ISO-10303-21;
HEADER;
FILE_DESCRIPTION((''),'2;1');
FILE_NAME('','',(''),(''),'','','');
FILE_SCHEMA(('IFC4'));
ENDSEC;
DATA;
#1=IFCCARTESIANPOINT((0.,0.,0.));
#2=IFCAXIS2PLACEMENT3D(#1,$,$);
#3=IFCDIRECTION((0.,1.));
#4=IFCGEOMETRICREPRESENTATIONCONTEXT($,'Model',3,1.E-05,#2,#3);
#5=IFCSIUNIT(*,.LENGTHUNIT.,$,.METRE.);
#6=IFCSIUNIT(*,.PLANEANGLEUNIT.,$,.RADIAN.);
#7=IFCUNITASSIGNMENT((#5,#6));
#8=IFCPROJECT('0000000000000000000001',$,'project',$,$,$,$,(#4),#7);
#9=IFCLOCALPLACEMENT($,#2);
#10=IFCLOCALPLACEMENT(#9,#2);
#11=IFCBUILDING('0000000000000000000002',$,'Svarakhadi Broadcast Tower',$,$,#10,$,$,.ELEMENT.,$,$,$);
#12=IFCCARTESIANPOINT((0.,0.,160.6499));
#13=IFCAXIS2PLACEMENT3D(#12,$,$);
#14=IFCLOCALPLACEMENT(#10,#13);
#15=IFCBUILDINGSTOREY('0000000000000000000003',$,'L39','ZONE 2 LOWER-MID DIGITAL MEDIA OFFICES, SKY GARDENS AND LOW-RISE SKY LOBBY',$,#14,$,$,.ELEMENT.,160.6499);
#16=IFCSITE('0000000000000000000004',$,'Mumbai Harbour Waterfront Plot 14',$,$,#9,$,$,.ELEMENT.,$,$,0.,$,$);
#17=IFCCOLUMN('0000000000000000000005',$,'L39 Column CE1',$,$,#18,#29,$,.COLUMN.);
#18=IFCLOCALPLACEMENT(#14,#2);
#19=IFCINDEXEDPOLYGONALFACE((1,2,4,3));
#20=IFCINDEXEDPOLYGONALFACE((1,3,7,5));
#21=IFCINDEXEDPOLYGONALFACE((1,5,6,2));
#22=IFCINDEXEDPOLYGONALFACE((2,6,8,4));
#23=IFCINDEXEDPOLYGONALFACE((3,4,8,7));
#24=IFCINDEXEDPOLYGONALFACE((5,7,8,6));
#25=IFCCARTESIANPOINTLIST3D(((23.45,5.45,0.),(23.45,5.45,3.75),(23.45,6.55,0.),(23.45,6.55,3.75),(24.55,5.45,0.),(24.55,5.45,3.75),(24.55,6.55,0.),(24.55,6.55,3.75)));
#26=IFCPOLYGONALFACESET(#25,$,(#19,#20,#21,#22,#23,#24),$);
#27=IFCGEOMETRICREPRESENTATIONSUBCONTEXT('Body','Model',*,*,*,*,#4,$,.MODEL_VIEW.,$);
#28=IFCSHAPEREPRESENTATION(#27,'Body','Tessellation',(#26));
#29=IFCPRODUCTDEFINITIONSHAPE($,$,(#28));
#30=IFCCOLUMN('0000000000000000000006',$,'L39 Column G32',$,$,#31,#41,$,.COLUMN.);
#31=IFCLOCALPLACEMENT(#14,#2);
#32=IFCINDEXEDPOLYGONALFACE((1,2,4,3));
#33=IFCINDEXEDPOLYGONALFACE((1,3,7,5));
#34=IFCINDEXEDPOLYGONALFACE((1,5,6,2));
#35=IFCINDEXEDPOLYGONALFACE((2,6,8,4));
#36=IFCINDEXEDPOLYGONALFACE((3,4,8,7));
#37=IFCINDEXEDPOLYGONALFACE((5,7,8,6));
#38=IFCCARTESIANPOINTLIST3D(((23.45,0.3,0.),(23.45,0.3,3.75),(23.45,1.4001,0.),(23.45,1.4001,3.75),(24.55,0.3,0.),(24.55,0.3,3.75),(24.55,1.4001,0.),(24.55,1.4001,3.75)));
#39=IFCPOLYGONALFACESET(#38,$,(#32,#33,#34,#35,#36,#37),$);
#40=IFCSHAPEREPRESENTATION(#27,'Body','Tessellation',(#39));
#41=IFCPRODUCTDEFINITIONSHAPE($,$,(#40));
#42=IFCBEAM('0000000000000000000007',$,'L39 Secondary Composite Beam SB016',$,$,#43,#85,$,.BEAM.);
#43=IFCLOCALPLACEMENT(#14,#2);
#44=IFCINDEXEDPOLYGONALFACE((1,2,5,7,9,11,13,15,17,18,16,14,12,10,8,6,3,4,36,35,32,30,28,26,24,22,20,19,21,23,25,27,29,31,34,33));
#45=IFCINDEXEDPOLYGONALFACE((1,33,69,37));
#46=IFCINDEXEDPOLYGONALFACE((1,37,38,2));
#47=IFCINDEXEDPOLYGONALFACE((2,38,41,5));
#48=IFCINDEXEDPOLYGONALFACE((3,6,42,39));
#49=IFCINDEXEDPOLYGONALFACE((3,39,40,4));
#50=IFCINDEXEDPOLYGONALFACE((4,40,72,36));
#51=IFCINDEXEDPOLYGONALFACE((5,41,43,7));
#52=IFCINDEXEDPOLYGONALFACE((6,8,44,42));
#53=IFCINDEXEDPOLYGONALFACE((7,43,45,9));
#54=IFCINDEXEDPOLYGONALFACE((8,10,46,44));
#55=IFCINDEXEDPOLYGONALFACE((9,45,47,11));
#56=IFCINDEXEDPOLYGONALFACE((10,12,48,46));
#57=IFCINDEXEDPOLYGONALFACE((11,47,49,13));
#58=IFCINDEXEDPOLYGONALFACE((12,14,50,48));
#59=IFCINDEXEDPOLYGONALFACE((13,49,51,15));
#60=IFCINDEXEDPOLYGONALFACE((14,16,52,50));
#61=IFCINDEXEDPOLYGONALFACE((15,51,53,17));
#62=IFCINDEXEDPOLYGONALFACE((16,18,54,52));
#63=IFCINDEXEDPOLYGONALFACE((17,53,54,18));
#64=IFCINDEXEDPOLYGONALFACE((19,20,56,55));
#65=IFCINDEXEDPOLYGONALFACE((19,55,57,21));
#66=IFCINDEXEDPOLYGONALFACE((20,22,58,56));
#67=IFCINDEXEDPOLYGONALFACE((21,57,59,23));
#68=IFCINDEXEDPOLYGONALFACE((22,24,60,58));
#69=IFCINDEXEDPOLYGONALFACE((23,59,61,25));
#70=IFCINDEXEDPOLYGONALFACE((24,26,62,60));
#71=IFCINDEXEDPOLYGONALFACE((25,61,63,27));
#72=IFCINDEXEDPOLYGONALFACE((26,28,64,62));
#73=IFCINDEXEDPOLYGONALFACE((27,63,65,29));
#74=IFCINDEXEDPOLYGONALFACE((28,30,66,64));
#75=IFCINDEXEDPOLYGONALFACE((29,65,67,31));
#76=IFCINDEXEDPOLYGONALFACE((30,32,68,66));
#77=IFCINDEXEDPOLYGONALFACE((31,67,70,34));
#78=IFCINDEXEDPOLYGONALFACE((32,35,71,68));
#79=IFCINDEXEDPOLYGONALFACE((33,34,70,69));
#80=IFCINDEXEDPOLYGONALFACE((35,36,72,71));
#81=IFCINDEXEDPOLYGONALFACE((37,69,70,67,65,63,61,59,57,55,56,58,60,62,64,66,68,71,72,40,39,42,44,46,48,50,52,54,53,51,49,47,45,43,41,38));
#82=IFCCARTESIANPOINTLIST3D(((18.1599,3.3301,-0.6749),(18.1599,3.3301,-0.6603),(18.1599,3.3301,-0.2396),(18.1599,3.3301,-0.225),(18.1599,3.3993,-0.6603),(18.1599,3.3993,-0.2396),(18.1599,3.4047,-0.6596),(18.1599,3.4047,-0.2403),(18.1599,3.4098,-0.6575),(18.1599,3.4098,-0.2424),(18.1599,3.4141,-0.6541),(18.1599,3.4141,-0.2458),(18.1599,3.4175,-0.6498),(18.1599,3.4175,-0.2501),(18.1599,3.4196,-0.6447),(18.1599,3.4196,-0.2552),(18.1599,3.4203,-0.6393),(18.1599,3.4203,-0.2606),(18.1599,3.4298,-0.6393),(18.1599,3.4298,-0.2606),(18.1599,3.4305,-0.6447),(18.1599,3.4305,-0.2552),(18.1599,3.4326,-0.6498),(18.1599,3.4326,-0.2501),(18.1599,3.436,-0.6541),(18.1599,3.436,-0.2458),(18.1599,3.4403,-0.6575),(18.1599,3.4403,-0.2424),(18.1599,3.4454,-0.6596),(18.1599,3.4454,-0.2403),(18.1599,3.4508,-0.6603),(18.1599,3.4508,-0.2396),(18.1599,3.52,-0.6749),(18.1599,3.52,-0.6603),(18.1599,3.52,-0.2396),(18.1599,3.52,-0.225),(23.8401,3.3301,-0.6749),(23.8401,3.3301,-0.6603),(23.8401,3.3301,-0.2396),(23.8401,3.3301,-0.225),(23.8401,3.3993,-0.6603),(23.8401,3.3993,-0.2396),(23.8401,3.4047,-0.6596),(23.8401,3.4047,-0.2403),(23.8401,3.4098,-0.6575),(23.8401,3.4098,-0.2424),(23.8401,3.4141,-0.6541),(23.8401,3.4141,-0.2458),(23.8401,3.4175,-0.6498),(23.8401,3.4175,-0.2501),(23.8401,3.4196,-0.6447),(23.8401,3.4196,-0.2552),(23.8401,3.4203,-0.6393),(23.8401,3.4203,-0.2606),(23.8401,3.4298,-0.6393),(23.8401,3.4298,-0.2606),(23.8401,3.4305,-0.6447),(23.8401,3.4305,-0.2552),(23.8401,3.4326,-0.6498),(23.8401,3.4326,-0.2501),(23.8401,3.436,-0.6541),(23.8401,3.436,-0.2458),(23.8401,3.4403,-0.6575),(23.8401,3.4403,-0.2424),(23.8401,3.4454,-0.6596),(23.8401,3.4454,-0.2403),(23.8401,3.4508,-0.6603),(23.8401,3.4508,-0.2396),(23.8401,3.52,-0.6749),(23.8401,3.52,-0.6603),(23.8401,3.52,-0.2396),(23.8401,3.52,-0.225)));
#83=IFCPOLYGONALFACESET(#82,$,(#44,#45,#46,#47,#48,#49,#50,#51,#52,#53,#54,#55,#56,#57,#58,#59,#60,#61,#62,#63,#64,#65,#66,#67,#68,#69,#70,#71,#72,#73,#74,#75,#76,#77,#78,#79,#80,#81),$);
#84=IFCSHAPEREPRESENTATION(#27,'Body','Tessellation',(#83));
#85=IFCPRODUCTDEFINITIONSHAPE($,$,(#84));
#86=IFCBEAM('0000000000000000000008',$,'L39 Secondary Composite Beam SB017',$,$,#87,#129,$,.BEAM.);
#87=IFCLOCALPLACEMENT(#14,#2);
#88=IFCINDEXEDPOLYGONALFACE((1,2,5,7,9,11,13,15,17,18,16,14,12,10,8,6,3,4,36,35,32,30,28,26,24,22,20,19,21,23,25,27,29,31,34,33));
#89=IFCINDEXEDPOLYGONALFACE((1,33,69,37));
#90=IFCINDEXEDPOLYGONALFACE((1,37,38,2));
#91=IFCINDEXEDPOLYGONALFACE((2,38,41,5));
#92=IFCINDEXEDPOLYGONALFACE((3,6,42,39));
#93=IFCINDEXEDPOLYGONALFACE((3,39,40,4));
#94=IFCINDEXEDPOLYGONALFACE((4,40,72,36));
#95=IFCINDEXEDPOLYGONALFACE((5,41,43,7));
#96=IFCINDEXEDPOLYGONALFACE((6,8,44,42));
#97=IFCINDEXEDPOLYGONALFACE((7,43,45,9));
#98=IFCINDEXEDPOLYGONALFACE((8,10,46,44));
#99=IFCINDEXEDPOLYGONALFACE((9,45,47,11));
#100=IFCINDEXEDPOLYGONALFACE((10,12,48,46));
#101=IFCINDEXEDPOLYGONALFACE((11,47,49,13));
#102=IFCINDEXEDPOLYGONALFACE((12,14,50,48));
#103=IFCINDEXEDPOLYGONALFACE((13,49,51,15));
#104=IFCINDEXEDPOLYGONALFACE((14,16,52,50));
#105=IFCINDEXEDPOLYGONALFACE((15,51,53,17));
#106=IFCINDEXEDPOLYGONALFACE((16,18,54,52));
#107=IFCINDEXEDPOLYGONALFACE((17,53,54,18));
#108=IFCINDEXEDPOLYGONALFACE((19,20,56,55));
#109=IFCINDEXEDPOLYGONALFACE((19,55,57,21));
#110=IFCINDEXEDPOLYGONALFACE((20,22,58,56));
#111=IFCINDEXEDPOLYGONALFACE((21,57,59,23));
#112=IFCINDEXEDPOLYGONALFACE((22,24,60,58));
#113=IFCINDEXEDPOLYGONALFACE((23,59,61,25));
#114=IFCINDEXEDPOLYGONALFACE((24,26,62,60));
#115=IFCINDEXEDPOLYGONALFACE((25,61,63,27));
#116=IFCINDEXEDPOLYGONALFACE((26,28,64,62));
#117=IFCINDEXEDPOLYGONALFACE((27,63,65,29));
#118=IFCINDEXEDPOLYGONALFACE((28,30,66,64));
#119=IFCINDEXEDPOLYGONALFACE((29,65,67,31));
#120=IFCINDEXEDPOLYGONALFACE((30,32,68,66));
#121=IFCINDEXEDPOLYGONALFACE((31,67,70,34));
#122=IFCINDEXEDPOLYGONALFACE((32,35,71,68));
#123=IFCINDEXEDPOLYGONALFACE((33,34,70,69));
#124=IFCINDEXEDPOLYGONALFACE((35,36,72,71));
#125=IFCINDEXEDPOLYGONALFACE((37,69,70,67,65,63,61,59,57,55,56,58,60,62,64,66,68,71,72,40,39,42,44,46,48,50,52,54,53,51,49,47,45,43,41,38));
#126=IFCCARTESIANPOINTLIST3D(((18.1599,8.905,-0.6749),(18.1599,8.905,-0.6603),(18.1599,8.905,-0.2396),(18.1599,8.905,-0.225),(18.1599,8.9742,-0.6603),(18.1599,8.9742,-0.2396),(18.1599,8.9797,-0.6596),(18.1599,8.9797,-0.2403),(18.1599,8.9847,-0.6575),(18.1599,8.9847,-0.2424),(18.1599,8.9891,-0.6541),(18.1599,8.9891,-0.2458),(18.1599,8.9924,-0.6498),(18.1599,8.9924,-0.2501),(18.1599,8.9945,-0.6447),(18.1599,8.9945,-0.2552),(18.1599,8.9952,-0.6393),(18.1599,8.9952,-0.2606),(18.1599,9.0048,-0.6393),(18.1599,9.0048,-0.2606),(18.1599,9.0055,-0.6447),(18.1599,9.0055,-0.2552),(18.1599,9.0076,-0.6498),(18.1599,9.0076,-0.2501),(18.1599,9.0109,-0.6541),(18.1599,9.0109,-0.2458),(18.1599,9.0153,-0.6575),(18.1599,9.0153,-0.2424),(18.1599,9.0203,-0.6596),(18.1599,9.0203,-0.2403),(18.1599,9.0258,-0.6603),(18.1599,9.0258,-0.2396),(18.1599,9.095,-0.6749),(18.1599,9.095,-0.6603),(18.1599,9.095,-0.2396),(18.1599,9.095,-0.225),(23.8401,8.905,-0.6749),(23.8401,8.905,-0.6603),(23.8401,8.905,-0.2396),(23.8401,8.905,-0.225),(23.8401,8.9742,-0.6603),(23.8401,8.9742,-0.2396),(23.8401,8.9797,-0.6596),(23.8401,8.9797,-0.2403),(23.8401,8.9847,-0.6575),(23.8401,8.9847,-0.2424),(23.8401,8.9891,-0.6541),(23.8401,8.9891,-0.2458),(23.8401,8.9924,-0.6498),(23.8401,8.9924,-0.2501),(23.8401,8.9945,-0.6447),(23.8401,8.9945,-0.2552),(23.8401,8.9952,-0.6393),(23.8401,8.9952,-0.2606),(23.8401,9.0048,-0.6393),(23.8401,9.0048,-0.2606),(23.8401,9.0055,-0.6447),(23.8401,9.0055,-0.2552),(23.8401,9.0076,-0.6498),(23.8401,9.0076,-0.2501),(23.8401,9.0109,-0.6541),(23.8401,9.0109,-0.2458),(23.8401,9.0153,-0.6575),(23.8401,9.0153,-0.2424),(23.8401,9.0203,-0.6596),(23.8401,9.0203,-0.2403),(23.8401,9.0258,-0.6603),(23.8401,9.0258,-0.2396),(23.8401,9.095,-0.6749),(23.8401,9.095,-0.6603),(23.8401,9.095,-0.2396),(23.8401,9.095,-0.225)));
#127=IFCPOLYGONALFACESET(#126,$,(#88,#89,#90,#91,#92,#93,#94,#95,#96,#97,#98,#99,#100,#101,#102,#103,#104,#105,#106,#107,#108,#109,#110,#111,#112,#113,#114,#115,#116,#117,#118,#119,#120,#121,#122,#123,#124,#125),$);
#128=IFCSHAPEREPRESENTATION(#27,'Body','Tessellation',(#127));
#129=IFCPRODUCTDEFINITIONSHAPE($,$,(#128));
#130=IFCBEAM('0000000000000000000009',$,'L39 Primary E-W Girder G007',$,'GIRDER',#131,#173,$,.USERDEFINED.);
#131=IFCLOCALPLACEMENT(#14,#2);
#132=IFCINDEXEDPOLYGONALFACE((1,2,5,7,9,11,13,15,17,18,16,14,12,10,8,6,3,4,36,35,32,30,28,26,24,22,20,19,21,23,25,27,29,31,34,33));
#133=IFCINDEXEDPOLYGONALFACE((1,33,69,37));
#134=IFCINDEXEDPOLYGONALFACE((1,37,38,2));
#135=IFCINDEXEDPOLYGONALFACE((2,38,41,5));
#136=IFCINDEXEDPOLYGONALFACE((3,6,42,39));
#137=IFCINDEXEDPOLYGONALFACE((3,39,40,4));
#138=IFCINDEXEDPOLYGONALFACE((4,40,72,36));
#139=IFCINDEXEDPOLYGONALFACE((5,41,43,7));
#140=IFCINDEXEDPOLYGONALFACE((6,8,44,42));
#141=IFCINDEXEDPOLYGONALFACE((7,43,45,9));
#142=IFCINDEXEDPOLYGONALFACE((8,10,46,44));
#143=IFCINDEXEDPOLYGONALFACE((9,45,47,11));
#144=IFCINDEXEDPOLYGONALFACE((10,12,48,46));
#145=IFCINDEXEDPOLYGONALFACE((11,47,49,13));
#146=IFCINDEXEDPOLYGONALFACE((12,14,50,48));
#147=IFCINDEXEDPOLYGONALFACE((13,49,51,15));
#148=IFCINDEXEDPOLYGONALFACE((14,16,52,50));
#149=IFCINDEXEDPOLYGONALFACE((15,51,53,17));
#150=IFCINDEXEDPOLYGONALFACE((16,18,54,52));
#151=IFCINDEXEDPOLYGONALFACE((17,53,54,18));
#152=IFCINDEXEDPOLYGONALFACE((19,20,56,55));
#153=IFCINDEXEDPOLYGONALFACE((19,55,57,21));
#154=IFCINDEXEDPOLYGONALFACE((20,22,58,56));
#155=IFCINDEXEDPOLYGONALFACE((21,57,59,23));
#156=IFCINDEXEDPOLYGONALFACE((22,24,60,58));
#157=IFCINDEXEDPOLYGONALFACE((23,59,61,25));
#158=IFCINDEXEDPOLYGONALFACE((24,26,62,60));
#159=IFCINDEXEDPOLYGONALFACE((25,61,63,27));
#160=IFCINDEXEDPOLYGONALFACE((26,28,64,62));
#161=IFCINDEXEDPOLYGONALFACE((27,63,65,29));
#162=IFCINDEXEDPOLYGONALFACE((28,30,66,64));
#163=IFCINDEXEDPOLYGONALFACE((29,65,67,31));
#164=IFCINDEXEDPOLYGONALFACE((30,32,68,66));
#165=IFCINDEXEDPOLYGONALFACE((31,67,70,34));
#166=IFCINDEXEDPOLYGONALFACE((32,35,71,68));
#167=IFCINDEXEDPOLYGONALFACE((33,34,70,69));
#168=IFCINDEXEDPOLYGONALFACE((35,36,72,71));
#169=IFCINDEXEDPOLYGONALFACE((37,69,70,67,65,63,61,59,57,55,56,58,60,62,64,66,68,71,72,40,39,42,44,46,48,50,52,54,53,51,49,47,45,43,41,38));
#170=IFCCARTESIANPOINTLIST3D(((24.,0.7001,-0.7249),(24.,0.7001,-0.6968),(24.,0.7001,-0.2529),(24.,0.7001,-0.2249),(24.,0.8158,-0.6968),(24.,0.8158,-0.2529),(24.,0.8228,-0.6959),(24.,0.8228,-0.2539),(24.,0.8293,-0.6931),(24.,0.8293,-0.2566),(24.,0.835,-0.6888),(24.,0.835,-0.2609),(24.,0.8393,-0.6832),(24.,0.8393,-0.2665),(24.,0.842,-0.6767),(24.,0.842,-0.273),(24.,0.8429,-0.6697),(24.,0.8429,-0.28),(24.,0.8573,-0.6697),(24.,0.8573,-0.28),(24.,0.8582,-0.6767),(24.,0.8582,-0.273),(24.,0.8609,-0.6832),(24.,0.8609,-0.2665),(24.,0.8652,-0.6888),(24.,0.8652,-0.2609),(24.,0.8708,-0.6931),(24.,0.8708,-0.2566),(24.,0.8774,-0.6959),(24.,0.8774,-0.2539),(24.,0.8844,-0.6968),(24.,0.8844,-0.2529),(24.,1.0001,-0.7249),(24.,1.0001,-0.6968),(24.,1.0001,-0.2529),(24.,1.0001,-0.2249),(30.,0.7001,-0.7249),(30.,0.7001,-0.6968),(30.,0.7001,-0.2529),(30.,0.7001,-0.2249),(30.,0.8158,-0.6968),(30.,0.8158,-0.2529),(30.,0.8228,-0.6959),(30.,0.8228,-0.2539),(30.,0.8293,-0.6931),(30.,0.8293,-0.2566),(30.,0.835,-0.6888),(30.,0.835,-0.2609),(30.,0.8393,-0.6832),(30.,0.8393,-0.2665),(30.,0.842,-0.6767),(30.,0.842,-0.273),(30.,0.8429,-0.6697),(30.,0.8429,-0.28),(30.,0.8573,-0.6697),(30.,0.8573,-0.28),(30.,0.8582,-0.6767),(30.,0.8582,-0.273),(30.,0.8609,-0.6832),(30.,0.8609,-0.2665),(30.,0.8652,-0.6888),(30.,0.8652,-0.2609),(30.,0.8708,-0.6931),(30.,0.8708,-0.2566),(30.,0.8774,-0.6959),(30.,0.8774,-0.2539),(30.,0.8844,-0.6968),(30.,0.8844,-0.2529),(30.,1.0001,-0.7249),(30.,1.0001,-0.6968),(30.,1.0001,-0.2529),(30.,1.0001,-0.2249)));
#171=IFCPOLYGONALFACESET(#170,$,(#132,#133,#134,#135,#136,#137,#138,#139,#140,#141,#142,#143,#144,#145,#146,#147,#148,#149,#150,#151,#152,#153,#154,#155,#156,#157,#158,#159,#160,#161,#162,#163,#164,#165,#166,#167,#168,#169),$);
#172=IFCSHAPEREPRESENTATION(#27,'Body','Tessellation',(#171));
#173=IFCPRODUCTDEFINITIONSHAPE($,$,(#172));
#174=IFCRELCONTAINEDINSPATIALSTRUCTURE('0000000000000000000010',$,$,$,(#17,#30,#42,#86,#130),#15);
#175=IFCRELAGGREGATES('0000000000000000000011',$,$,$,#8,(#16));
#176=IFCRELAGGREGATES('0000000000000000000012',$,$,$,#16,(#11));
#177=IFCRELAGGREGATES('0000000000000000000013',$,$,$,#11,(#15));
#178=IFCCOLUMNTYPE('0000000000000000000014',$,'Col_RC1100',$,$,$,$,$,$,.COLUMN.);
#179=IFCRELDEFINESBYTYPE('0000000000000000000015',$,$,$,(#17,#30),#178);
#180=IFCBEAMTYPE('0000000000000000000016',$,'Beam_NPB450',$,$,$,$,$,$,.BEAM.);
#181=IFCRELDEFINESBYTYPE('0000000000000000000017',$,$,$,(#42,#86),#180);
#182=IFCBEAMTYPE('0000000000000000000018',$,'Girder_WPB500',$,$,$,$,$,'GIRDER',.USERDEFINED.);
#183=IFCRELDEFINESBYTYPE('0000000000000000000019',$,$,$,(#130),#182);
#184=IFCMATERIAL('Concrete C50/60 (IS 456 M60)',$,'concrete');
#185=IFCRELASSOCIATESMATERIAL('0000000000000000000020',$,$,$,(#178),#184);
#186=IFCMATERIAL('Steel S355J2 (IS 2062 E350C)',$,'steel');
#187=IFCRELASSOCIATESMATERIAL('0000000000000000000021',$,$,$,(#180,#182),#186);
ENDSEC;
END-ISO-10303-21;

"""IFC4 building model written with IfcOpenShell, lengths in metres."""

from ifc_helpers import new_model, si_unit, direction, frame, origin, origin_2d, place, context, subcontext, project, spatial, rectangle, i_section, extrude, material, material_profile, profile_set, type_object, element, save


model = new_model("IFC4")

# Units and contexts
model_context = context("Model", 3, precision=1e-05, world=origin(), true_north=direction((0.0, 1.0)))
body_context = subcontext(model_context, "Body", "Model", "MODEL_VIEW")
ifc_project = project(units=[si_unit("LENGTHUNIT", "METRE"), si_unit("PLANEANGLEUNIT", "RADIAN")], contexts=[model_context])

# Site, building, storey
site_placement = place(None, origin())
site = spatial("IfcSite", under=ifc_project, at=site_placement, Name="Mumbai Harbour Waterfront Plot 14", CompositionType="ELEMENT", RefElevation=0.0)
building_placement = place(site_placement, origin())
building = spatial("IfcBuilding", under=site, at=building_placement, Name="Svarakhadi Broadcast Tower", CompositionType="ELEMENT")
storey_placement = place(building_placement, frame((0.0, 0.0, 160.6499)))
storey = spatial("IfcBuildingStorey", under=building, at=storey_placement, Name="L39", Description="ZONE 2 LOWER-MID DIGITAL MEDIA OFFICES, SKY GARDENS AND LOW-RISE SKY LOBBY", CompositionType="ELEMENT", Elevation=160.6499)

# Columns
ifc_material_1 = material(Name="Concrete C50/60 (IS 456 M60)", Category="concrete")
ifc_material_profile_1 = material_profile(ifc_material_1, rectangle(XDim=1.1001, YDim=1.1001, at=origin_2d()), Name="RC 1100x1100")
ifc_profile_set_1 = profile_set([ifc_material_profile_1], Name="Concrete C50/60 (IS 456 M60)")
column_type = type_object("IfcColumnType", Name="Col_RC1100", PredefinedType="COLUMN", material=ifc_profile_set_1)
for number, where, z_axis, x_axis, name in (
    (1, (24.0, 6.0, 0.0), (0.0, 0.0, 1.0), (1.0, 0.0, 0.0), "L39 Column CE1"),
    (2, (24.0, 0.8501, 0.0), (0.0, 0.0, 1.0), (1.0, 0.0, 0.0), "L39 Column G32"),
):
    element("IfcColumn", number, at=place(storey_placement, frame(where, z_axis=z_axis, x_axis=x_axis)), inside=storey, type_object=column_type, Name=name, PredefinedType="COLUMN", context=body_context, shape_type="SweptSolid", body=[
        extrude(rectangle(XDim=1.1001, YDim=1.1001, at=origin_2d()), origin(), (0.0, 0.0, 1.0), 3.75),
    ])

# Beams
ifc_material_2 = material(Name="Steel S355J2 (IS 2062 E350C)", Category="steel")
ifc_material_profile_2 = material_profile(ifc_material_2, i_section(OverallWidth=0.1899, OverallDepth=0.45, WebThickness=0.0095, FlangeThickness=0.0146, FilletRadius=0.021, at=origin_2d()), Name="NPB 450x190x78")
ifc_profile_set_2 = profile_set([ifc_material_profile_2], Name="Steel S355J2 (IS 2062 E350C)")
beam_type_1 = type_object("IfcBeamType", Name="Beam_NPB450", PredefinedType="BEAM", material=ifc_profile_set_2)
for number, where, z_axis, x_axis, name in (
    (3, (18.1599, 3.425, -0.45), (1.0, 0.0, 0.0), (0.0, 1.0, 0.0), "L39 Secondary Composite Beam SB016"),
    (4, (18.1599, 9.0, -0.45), (1.0, 0.0, 0.0), (0.0, 1.0, 0.0), "L39 Secondary Composite Beam SB017"),
):
    element("IfcBeam", number, at=place(storey_placement, frame(where, z_axis=z_axis, x_axis=x_axis)), inside=storey, type_object=beam_type_1, Name=name, PredefinedType="BEAM", context=body_context, shape_type="SweptSolid", body=[
        extrude(i_section(OverallWidth=0.1899, OverallDepth=0.45, WebThickness=0.0095, FlangeThickness=0.0146, FilletRadius=0.021, at=origin_2d()), origin(), (0.0, 0.0, 1.0), 5.6802),
    ])
ifc_material_profile_3 = material_profile(ifc_material_2, i_section(OverallWidth=0.3, OverallDepth=0.5, WebThickness=0.0144, FlangeThickness=0.0281, FilletRadius=0.0271, at=origin_2d()), Name="WPB 500x300x187")
ifc_profile_set_3 = profile_set([ifc_material_profile_3], Name="Steel S355J2 (IS 2062 E350C)")
beam_type_2 = type_object("IfcBeamType", Name="Girder_WPB500", ElementType="GIRDER", PredefinedType="USERDEFINED", material=ifc_profile_set_3)
for number, where, z_axis, x_axis, name in (
    (5, (24.0, 0.8501, -0.4749), (1.0, 0.0, 0.0), (0.0, 1.0, 0.0), "L39 Primary E-W Girder G007"),
):
    element("IfcBeam", number, at=place(storey_placement, frame(where, z_axis=z_axis, x_axis=x_axis)), inside=storey, type_object=beam_type_2, Name=name, ObjectType="GIRDER", PredefinedType="USERDEFINED", context=body_context, shape_type="SweptSolid", body=[
        extrude(i_section(OverallWidth=0.3, OverallDepth=0.5, WebThickness=0.0144, FlangeThickness=0.0281, FilletRadius=0.0271, at=origin_2d()), origin(), (0.0, 0.0, 1.0), 6.0),
    ])

save(model, "model.ifc")
